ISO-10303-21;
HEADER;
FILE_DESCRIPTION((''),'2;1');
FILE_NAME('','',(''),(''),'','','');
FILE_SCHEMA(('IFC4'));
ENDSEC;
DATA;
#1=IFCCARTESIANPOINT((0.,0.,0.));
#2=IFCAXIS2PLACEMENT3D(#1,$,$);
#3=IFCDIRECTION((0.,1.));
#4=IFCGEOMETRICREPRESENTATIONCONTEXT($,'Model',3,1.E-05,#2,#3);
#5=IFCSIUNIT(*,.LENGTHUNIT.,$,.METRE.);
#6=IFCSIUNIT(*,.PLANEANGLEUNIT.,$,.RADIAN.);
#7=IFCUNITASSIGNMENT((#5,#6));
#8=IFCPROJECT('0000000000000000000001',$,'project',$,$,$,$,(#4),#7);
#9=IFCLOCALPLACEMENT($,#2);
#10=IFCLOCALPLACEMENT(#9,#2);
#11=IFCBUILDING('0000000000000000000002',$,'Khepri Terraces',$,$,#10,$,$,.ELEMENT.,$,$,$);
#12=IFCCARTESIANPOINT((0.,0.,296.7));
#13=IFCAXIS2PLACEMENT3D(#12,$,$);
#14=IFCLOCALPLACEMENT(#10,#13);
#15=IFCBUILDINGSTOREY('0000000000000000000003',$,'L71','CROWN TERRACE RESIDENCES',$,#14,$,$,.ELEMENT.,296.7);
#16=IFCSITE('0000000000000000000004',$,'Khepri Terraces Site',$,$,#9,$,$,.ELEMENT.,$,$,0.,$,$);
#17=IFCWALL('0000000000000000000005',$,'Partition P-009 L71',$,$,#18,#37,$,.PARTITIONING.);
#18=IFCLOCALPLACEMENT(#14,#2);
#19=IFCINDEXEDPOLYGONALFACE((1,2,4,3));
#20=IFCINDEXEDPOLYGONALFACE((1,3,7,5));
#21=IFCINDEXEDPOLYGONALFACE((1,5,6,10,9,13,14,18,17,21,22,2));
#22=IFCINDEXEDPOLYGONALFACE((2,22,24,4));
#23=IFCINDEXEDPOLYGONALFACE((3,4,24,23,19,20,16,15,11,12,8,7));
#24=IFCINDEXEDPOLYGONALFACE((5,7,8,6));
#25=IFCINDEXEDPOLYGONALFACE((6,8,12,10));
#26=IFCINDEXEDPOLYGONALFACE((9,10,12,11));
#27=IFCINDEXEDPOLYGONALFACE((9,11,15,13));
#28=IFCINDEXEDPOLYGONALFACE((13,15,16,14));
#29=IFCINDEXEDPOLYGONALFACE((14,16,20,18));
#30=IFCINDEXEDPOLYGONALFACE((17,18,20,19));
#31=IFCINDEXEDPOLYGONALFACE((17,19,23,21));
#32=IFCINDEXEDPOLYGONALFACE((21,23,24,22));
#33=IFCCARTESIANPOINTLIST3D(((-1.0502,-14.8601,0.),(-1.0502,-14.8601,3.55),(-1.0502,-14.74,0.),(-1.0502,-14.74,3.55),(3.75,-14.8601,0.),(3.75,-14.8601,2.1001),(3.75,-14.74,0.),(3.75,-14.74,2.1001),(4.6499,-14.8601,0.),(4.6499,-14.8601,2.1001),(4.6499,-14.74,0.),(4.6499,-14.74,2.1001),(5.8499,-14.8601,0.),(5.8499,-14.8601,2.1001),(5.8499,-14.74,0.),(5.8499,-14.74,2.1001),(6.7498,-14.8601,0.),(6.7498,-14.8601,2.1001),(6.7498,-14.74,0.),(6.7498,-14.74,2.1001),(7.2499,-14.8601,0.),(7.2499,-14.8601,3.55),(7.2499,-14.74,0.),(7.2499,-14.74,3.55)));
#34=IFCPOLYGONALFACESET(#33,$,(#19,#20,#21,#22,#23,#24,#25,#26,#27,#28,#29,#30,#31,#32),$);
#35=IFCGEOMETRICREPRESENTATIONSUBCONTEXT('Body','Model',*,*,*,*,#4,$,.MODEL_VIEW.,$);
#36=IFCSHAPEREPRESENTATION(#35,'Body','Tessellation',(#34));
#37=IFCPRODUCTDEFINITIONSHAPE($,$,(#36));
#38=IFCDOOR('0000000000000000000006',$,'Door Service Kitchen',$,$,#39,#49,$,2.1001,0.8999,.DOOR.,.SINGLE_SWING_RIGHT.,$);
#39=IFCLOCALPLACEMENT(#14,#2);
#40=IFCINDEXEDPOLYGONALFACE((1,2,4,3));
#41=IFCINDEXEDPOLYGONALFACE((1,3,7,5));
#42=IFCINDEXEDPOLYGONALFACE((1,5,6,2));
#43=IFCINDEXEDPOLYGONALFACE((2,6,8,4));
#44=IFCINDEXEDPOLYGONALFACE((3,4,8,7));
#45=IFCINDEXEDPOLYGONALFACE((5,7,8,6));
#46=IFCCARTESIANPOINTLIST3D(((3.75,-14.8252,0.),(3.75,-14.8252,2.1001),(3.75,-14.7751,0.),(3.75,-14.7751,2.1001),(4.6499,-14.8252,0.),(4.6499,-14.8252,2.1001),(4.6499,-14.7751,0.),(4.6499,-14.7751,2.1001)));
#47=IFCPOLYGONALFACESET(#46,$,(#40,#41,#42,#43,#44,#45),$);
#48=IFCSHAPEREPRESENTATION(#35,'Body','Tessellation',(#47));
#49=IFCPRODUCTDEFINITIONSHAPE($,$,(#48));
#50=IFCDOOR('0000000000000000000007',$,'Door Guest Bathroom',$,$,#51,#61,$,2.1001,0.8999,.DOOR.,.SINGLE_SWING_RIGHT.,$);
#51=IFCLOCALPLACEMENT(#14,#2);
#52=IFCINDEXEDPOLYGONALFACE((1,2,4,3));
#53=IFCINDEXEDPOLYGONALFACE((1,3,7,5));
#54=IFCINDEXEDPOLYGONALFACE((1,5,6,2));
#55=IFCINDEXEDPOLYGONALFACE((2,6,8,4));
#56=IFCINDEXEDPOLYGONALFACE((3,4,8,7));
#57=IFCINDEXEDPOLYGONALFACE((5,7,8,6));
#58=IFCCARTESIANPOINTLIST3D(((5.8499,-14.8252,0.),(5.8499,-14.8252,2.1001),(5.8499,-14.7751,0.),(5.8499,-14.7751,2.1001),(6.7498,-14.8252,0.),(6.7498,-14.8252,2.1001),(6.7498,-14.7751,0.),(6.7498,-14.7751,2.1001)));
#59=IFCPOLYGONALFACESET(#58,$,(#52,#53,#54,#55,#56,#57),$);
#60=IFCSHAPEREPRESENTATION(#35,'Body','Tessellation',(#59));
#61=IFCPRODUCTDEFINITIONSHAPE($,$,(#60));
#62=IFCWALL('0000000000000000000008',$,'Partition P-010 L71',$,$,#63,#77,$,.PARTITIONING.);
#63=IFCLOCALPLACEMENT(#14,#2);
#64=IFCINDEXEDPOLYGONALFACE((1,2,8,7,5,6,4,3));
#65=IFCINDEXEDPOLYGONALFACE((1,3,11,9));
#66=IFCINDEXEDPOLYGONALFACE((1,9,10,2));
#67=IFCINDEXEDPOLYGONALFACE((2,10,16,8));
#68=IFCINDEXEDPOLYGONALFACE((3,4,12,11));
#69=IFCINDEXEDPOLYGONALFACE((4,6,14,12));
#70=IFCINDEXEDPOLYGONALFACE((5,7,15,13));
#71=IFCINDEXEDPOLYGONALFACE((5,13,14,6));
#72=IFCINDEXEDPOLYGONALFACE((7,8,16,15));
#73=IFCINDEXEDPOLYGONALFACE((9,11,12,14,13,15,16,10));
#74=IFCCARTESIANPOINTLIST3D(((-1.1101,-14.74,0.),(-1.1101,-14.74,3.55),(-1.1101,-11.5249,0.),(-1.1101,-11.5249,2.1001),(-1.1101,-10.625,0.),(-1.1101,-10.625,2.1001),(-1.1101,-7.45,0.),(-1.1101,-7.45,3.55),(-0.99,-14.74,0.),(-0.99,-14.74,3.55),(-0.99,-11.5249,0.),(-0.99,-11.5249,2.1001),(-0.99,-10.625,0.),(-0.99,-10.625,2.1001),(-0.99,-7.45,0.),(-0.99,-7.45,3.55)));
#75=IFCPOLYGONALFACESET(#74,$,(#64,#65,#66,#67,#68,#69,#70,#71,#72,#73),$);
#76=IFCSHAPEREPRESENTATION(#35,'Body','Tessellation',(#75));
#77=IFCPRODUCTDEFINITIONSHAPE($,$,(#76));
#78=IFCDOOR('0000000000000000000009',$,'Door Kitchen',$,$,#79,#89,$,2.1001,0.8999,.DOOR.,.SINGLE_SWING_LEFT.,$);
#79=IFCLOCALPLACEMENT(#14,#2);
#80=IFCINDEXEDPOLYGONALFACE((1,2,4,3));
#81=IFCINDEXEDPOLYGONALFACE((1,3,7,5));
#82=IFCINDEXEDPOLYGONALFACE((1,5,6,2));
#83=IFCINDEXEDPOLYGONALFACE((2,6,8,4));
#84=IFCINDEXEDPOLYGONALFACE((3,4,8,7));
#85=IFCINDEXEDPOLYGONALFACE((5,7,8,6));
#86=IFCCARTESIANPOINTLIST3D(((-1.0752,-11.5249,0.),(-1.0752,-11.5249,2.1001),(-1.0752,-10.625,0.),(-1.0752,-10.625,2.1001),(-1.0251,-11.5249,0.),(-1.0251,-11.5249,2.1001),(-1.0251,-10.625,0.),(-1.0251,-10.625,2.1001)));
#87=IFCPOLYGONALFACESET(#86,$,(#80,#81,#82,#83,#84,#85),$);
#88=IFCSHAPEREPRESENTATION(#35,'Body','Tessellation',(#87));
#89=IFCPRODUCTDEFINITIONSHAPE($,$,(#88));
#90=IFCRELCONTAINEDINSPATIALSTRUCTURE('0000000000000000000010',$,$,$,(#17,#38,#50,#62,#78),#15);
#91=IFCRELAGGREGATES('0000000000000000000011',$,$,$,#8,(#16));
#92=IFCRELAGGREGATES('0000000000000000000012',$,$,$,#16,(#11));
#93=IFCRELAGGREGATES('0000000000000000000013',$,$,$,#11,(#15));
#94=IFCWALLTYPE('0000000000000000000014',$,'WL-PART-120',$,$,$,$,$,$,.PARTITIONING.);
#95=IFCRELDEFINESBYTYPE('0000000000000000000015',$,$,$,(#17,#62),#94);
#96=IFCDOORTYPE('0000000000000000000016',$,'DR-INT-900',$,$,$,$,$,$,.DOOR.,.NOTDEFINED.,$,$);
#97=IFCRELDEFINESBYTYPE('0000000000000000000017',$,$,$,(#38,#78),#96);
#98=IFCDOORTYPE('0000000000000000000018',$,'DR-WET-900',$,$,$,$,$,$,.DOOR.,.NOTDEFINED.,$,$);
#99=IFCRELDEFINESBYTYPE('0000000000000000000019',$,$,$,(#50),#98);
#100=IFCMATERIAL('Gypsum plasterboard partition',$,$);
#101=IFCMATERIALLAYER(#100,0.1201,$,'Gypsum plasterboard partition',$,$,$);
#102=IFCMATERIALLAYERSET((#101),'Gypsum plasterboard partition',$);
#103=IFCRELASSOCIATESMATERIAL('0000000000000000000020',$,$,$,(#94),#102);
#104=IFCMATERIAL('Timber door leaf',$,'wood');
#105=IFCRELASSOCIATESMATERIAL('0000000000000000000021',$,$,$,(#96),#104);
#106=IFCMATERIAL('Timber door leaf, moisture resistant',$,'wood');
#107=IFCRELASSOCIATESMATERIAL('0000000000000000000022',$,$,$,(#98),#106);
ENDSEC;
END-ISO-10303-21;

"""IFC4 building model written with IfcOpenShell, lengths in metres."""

from ifc_helpers import new_model, si_unit, direction, frame, frame_2d, origin, place, context, subcontext, project, spatial, rectangle, extrude, material, layer, layer_set, type_object, element, fill, save


model = new_model("IFC4")

# Units and contexts
model_context = context("Model", 3, precision=1e-05, world=origin(), true_north=direction((0.0, 1.0)))
body_context = subcontext(model_context, "Body", "Model", "MODEL_VIEW")
ifc_project = project(units=[si_unit("LENGTHUNIT", "METRE"), si_unit("PLANEANGLEUNIT", "RADIAN")], contexts=[model_context])

# Site, building, storey
site_placement = place(None, origin())
site = spatial("IfcSite", under=ifc_project, at=site_placement, Name="Khepri Terraces Site", CompositionType="ELEMENT", RefElevation=0.0)
building_placement = place(site_placement, origin())
building = spatial("IfcBuilding", under=site, at=building_placement, Name="Khepri Terraces", CompositionType="ELEMENT")
storey_placement = place(building_placement, frame((0.0, 0.0, 296.7)))
storey = spatial("IfcBuildingStorey", under=building, at=storey_placement, Name="L71", Description="CROWN TERRACE RESIDENCES", CompositionType="ELEMENT", Elevation=296.7)

# Shared definitions
ifc_material_1 = material(Name="Gypsum plasterboard partition")
ifc_layer_1 = layer(ifc_material_1, 0.1201, Name="Gypsum plasterboard partition")
ifc_layer_set_1 = layer_set([ifc_layer_1], Name="Gypsum plasterboard partition")
wall_type_1 = type_object("IfcWallType", Name="WL-PART-120", PredefinedType="PARTITIONING", material=ifc_layer_set_1)

# Shared definitions
ifc_material_2 = material(Name="Timber door leaf", Category="wood")
door_type_1 = type_object("IfcDoorType", Name="DR-INT-900", OperationType="NOTDEFINED", PredefinedType="DOOR", material=ifc_material_2)

# Wall, openings, doors
wall_1_placement = place(storey_placement, frame((-1.05, -14.8, 0.0), z_axis=(0.0, 0.0, 1.0), x_axis=(1.0, 0.0, 0.0)))
wall_1 = element("IfcWall", 1, at=wall_1_placement, inside=storey, type_object=wall_type_1, Name="Partition P-009 L71", PredefinedType="PARTITIONING", context=body_context, shape_type="SweptSolid", body=[
    extrude(rectangle(XDim=8.3, YDim=0.1201, at=frame_2d((4.1499, 0.0))), origin(), (0.0, 0.0, 1.0), 3.55),
])
opening_1_placement = place(wall_1_placement, frame((4.8, 0.0, 0.0)))
opening_1 = element("IfcOpeningElement", 2, at=opening_1_placement, cuts=wall_1, PredefinedType="OPENING", context=body_context, shape_type="SweptSolid", body=[
    extrude(rectangle(XDim=0.8999, YDim=2.1001, at=frame_2d((0.45, 1.05))), frame((0.0, 0.0701, 0.0), z_axis=(0.0, -1.0, 0.0), x_axis=(1.0, 0.0, 0.0)), (0.0, 0.0, 1.0), 0.1401),
])
opening_2_placement = place(wall_1_placement, frame((6.8999, 0.0, 0.0)))
opening_2 = element("IfcOpeningElement", 3, at=opening_2_placement, cuts=wall_1, PredefinedType="OPENING", context=body_context, shape_type="SweptSolid", body=[
    extrude(rectangle(XDim=0.8999, YDim=2.1001, at=frame_2d((0.45, 1.05))), frame((0.0, 0.0701, 0.0), z_axis=(0.0, -1.0, 0.0), x_axis=(1.0, 0.0, 0.0)), (0.0, 0.0, 1.0), 0.1401),
])
door_1_placement = place(opening_1_placement, origin())
door_1 = element("IfcDoor", 4, at=door_1_placement, inside=storey, type_object=door_type_1, Name="Door Service Kitchen", OperationType="SINGLE_SWING_RIGHT", OverallHeight=2.1001, OverallWidth=0.8999, PredefinedType="DOOR", context=body_context, shape_type="SweptSolid", body=[
    extrude(rectangle(XDim=0.8999, YDim=2.1001, at=frame_2d((0.45, 1.05))), frame((0.0, 0.0249, 0.0), z_axis=(0.0, -1.0, 0.0), x_axis=(1.0, 0.0, 0.0)), (0.0, 0.0, 1.0), 0.05),
])
fill(opening_1, door_1)
ifc_material_3 = material(Name="Timber door leaf, moisture resistant", Category="wood")
door_type_2 = type_object("IfcDoorType", Name="DR-WET-900", OperationType="NOTDEFINED", PredefinedType="DOOR", material=ifc_material_3)
door_2_placement = place(opening_2_placement, origin())
door_2 = element("IfcDoor", 5, at=door_2_placement, inside=storey, type_object=door_type_2, Name="Door Guest Bathroom", OperationType="SINGLE_SWING_RIGHT", OverallHeight=2.1001, OverallWidth=0.8999, PredefinedType="DOOR", context=body_context, shape_type="SweptSolid", body=[
    extrude(rectangle(XDim=0.8999, YDim=2.1001, at=frame_2d((0.45, 1.05))), frame((0.0, 0.0249, 0.0), z_axis=(0.0, -1.0, 0.0), x_axis=(1.0, 0.0, 0.0)), (0.0, 0.0, 1.0), 0.05),
])
fill(opening_2, door_2)

# Wall, opening, door
wall_2_placement = place(storey_placement, frame((-1.05, -14.74, 0.0), z_axis=(0.0, 0.0, 1.0), x_axis=(0.0, 1.0, 0.0)))
wall_2 = element("IfcWall", 6, at=wall_2_placement, inside=storey, type_object=wall_type_1, Name="Partition P-010 L71", PredefinedType="PARTITIONING", context=body_context, shape_type="SweptSolid", body=[
    extrude(rectangle(XDim=7.29, YDim=0.1201, at=frame_2d((3.645, 0.0))), origin(), (0.0, 0.0, 1.0), 3.55),
])
opening_3_placement = place(wall_2_placement, frame((3.2151, 0.0, 0.0)))
opening_3 = element("IfcOpeningElement", 7, at=opening_3_placement, cuts=wall_2, PredefinedType="OPENING", context=body_context, shape_type="SweptSolid", body=[
    extrude(rectangle(XDim=0.8999, YDim=2.1001, at=frame_2d((0.45, 1.05))), frame((0.0, 0.0701, 0.0), z_axis=(0.0, -1.0, 0.0), x_axis=(1.0, 0.0, 0.0)), (0.0, 0.0, 1.0), 0.1401),
])
door_3_placement = place(opening_3_placement, frame((0.8999, 0.0, 0.0), z_axis=(0.0, 0.0, 1.0), x_axis=(-1.0, 0.0, 0.0)))
door_3 = element("IfcDoor", 8, at=door_3_placement, inside=storey, type_object=door_type_1, Name="Door Kitchen", OperationType="SINGLE_SWING_LEFT", OverallHeight=2.1001, OverallWidth=0.8999, PredefinedType="DOOR", context=body_context, shape_type="SweptSolid", body=[
    extrude(rectangle(XDim=0.8999, YDim=2.1001, at=frame_2d((0.45, 1.05))), frame((0.0, 0.0249, 0.0), z_axis=(0.0, -1.0, 0.0), x_axis=(1.0, 0.0, 0.0)), (0.0, 0.0, 1.0), 0.05),
])
fill(opening_3, door_3)

save(model, "model.ifc")
